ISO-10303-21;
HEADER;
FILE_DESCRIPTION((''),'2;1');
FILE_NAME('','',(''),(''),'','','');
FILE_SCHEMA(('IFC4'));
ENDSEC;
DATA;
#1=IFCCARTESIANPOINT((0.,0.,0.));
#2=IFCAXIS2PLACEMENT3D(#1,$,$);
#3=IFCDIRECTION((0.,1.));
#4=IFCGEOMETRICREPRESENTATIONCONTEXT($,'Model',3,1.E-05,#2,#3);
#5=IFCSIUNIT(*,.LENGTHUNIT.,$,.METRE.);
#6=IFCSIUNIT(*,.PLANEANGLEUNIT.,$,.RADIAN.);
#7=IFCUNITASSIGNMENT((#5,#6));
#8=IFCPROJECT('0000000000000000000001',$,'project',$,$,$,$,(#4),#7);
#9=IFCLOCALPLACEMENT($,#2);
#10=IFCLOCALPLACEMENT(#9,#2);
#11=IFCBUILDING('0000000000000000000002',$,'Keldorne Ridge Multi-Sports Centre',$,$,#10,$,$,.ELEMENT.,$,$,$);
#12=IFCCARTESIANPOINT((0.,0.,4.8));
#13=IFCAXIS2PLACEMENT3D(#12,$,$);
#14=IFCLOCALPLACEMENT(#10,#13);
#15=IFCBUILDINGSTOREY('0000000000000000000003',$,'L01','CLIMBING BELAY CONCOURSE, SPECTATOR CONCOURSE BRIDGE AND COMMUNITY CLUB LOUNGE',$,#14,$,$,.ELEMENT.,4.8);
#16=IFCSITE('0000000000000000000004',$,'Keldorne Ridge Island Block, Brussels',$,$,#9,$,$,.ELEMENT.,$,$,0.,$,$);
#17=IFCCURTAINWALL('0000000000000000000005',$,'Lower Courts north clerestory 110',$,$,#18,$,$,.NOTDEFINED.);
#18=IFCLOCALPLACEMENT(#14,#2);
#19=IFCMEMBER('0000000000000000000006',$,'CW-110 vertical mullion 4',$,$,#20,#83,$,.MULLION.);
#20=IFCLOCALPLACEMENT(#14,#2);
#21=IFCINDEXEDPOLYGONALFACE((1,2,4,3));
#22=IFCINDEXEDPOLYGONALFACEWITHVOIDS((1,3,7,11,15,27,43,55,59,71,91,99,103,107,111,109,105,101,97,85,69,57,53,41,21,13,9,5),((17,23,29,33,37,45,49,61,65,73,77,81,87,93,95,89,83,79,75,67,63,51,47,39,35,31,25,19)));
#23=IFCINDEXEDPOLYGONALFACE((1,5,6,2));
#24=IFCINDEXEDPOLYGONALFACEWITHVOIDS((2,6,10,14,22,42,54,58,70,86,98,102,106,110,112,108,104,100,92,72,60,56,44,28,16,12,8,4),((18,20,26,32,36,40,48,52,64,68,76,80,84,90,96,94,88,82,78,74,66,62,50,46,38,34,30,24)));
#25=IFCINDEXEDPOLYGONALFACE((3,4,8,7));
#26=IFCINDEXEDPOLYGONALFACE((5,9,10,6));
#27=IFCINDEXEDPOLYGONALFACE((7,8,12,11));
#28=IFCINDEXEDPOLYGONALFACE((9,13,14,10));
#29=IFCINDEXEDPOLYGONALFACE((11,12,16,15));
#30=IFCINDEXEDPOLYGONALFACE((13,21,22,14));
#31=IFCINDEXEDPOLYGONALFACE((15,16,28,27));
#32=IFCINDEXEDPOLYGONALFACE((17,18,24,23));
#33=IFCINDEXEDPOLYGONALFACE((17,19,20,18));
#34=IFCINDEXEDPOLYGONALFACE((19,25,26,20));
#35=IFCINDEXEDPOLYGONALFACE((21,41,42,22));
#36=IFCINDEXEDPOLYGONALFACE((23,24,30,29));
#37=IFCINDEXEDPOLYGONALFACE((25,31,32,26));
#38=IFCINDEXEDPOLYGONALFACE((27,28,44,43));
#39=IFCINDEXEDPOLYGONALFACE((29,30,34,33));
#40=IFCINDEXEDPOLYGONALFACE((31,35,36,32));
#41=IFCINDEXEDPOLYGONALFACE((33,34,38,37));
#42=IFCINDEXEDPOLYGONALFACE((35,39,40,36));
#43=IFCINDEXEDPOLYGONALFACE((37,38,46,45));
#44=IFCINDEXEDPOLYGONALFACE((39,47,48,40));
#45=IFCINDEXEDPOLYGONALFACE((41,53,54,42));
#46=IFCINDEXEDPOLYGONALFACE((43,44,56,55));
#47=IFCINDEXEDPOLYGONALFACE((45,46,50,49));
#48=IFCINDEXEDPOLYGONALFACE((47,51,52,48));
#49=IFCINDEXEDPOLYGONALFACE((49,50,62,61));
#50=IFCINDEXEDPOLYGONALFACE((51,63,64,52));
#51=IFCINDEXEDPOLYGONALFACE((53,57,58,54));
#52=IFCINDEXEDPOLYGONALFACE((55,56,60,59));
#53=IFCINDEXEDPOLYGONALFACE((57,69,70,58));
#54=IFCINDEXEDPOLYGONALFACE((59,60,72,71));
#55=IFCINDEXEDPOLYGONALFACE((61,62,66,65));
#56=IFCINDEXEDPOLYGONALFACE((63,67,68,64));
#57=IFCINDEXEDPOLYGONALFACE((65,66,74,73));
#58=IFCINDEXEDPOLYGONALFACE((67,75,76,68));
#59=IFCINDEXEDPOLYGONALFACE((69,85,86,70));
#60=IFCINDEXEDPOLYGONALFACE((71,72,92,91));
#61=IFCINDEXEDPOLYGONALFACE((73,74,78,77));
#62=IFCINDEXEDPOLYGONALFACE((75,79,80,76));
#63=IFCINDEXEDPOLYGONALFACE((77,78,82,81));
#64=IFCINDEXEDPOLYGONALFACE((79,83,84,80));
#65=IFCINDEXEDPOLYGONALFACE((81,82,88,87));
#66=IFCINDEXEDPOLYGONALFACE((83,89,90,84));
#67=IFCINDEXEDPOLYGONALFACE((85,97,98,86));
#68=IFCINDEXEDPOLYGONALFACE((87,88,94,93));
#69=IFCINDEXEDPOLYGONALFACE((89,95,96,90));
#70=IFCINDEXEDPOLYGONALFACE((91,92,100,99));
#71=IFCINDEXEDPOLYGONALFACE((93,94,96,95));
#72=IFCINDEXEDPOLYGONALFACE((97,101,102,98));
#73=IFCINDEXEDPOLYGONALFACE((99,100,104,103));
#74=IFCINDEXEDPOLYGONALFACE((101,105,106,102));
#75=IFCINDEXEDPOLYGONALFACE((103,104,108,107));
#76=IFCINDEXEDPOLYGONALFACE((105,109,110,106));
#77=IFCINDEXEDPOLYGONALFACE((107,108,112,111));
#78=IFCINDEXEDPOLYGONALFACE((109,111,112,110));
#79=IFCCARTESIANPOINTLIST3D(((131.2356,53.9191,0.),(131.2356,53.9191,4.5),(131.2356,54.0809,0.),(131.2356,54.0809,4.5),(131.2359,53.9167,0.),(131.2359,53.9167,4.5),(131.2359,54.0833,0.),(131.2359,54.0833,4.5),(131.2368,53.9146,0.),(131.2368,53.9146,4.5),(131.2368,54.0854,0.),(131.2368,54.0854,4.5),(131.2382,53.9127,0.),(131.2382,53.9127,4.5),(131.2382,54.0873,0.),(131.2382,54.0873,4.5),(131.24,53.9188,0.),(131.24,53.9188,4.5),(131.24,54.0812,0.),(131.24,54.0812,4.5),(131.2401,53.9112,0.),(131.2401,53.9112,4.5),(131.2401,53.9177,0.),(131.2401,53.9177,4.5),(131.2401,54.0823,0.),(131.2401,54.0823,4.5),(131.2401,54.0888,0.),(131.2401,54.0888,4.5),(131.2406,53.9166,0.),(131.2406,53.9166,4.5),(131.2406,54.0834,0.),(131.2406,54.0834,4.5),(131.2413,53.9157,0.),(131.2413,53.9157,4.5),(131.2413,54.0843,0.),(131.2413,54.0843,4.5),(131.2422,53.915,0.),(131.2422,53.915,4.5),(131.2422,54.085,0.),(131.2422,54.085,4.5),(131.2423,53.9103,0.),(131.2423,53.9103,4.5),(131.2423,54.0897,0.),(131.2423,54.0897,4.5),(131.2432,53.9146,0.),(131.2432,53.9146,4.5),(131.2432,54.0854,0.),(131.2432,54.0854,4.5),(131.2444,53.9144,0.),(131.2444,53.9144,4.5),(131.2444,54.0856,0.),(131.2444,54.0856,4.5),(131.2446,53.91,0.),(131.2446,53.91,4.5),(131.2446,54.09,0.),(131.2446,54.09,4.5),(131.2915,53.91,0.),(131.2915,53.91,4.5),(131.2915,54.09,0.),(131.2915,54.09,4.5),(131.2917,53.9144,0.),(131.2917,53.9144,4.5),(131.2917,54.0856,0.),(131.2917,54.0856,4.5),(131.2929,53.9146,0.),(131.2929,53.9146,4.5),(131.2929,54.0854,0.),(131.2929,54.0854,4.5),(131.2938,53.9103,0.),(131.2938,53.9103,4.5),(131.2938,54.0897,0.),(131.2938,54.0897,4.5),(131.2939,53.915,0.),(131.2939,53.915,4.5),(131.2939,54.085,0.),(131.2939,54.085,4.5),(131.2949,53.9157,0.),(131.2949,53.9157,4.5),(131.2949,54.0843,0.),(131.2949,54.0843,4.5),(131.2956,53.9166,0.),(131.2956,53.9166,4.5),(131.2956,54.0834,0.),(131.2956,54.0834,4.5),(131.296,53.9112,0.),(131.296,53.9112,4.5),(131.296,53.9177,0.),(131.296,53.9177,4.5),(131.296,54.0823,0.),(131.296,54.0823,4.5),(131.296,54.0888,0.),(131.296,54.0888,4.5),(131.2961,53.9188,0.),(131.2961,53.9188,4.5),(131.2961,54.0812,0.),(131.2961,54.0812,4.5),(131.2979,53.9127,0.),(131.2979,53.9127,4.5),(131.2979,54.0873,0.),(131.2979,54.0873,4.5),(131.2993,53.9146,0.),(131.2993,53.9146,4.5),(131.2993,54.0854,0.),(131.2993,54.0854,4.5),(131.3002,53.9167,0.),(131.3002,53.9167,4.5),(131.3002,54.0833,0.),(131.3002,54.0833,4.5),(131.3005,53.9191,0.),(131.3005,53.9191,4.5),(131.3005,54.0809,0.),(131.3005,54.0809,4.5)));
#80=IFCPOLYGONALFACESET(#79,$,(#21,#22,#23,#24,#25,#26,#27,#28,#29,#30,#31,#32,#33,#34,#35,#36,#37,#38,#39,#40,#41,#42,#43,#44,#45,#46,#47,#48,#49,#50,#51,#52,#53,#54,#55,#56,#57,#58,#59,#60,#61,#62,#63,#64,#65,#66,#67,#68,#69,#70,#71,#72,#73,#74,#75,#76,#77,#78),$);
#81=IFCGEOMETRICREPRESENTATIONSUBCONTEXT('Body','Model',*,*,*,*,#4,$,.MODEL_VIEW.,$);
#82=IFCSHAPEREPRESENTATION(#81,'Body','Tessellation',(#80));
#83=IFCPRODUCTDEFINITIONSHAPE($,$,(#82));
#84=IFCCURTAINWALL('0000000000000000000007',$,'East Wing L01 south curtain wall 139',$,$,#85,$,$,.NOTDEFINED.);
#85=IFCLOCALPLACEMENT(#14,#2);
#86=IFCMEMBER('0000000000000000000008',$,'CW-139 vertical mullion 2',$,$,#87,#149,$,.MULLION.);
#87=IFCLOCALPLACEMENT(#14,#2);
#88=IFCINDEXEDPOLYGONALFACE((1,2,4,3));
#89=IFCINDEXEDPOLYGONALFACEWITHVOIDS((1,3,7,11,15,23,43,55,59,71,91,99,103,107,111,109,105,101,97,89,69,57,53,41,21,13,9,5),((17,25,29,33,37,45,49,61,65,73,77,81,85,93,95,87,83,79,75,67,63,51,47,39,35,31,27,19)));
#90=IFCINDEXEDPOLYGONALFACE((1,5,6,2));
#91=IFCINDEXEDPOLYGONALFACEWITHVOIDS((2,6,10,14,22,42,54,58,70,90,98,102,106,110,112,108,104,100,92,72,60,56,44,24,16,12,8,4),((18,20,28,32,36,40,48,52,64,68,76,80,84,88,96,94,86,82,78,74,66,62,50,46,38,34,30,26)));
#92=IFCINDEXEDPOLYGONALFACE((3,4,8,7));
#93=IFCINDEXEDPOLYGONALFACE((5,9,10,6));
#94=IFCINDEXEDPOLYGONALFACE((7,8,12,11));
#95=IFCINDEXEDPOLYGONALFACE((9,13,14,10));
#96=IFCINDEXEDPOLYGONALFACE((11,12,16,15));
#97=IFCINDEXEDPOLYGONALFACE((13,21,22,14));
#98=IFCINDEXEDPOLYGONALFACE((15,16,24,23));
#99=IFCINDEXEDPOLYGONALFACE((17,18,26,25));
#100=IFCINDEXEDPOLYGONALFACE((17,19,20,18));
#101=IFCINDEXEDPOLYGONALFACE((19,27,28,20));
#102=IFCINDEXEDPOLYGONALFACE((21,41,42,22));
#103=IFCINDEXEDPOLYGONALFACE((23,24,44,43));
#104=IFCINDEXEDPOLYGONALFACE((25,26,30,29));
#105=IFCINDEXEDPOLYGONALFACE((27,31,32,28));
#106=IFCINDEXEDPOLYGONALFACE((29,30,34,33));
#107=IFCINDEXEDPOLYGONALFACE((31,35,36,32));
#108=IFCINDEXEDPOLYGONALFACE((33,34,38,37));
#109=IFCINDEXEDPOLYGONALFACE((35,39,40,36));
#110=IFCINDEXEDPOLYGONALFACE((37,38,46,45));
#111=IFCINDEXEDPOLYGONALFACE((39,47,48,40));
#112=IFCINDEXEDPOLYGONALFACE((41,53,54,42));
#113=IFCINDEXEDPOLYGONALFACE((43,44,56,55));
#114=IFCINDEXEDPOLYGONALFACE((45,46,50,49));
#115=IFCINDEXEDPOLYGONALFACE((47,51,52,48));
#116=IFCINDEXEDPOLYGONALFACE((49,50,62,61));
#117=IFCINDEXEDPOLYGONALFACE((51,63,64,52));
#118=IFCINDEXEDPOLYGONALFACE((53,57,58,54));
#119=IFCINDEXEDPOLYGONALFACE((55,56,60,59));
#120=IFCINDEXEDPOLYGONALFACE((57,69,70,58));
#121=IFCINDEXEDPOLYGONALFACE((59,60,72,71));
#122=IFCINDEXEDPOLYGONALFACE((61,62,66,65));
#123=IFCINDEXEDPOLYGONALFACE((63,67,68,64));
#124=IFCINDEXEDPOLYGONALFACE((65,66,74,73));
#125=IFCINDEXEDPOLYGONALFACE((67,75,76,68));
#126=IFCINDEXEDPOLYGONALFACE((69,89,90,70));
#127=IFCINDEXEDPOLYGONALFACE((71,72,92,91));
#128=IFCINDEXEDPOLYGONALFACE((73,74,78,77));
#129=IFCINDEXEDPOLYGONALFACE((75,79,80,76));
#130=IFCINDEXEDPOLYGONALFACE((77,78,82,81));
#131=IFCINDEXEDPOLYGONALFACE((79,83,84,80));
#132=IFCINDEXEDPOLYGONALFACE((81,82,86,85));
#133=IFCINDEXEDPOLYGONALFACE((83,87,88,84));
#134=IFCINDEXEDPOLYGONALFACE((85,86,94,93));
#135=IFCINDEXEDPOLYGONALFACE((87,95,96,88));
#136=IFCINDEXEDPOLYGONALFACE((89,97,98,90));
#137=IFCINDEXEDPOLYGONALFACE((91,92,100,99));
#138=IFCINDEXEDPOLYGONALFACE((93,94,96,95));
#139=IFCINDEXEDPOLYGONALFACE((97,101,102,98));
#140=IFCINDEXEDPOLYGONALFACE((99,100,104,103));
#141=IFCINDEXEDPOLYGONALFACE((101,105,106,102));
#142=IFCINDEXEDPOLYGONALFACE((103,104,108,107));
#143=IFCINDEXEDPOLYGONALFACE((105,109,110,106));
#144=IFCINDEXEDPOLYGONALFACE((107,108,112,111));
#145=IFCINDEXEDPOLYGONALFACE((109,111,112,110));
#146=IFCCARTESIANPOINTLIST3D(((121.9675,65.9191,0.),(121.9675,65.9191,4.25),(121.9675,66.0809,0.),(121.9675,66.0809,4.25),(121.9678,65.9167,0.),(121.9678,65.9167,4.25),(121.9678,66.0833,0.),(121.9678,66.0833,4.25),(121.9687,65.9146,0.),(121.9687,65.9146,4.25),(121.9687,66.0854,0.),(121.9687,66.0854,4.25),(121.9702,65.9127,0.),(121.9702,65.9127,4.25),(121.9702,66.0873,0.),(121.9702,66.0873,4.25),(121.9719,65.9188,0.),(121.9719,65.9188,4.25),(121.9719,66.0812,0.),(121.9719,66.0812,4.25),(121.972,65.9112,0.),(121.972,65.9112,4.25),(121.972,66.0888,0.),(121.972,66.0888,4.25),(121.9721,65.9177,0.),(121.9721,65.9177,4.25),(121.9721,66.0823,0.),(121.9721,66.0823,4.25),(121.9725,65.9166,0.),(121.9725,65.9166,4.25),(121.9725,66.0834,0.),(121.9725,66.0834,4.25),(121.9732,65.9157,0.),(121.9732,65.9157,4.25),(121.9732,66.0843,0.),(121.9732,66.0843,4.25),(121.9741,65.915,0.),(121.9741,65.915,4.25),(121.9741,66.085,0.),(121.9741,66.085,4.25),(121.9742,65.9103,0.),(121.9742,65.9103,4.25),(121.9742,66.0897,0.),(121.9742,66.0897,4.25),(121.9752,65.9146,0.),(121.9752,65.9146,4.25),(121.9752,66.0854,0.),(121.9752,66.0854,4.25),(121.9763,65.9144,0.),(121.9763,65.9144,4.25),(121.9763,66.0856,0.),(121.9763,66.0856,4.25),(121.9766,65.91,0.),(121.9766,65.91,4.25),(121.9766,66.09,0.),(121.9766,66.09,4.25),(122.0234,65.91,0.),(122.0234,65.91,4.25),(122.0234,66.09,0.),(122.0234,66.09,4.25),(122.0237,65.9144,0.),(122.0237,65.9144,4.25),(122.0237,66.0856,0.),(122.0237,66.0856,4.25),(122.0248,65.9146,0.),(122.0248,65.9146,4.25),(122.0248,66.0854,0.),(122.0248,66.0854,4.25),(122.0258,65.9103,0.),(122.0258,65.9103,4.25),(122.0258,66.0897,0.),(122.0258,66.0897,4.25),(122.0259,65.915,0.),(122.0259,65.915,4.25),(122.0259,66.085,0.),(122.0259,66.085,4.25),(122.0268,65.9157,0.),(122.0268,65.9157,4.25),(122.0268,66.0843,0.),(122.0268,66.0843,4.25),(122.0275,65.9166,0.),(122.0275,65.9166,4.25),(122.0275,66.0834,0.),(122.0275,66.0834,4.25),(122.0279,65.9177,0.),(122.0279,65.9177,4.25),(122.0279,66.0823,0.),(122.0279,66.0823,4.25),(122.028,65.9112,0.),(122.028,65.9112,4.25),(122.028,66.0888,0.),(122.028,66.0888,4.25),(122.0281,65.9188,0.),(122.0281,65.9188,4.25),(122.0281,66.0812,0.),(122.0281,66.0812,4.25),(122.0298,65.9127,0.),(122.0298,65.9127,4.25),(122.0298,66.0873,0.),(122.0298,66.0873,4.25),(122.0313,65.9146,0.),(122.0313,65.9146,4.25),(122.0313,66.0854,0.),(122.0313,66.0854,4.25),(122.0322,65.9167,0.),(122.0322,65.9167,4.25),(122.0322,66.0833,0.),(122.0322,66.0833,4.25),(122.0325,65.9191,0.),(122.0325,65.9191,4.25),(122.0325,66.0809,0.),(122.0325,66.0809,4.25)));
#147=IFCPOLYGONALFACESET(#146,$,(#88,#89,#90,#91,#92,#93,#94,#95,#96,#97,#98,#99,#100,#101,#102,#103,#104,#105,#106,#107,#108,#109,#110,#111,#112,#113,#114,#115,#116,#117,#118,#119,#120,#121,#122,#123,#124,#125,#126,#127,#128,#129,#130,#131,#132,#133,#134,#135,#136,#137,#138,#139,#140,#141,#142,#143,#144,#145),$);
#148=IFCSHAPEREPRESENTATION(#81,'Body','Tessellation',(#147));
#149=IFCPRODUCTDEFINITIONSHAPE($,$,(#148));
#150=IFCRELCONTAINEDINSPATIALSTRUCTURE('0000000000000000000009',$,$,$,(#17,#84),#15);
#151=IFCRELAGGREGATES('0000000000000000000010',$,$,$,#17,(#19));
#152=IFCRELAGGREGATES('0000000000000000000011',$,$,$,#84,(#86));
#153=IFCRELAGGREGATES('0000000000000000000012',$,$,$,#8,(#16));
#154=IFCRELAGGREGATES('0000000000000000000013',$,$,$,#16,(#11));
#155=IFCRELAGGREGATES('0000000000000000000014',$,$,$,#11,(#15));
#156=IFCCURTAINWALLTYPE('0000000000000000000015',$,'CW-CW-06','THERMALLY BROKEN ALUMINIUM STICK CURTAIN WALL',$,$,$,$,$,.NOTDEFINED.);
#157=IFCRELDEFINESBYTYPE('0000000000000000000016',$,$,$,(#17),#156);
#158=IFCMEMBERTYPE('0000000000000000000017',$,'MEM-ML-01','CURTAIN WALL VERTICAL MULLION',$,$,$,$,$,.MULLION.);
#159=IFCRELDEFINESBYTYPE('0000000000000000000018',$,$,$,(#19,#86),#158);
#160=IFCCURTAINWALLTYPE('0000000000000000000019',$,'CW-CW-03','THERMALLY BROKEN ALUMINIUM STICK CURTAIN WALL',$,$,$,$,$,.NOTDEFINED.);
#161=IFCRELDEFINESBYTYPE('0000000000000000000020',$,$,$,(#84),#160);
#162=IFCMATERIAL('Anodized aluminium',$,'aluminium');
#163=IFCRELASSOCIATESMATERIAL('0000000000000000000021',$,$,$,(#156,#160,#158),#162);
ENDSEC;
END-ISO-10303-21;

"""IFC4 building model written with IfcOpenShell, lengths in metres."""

from ifc_helpers import new_model, si_unit, direction, frame, origin, origin_2d, place, context, subcontext, project, spatial, hollow_rectangle, extrude, material, material_profile, profile_set, type_object, element, aggregate, save


model = new_model("IFC4")

# Units and contexts
model_context = context("Model", 3, precision=1e-05, world=origin(), true_north=direction((0.0, 1.0)))
body_context = subcontext(model_context, "Body", "Model", "MODEL_VIEW")
ifc_project = project(units=[si_unit("LENGTHUNIT", "METRE"), si_unit("PLANEANGLEUNIT", "RADIAN")], contexts=[model_context])

# Site, building, storey
site_placement = place(None, origin())
site = spatial("IfcSite", under=ifc_project, at=site_placement, Name="Keldorne Ridge Island Block, Brussels", CompositionType="ELEMENT", RefElevation=0.0)
building_placement = place(site_placement, origin())
building = spatial("IfcBuilding", under=site, at=building_placement, Name="Keldorne Ridge Multi-Sports Centre", CompositionType="ELEMENT")
storey_placement = place(building_placement, frame((0.0, 0.0, 4.8)))
storey = spatial("IfcBuildingStorey", under=building, at=storey_placement, Name="L01", Description="CLIMBING BELAY CONCOURSE, SPECTATOR CONCOURSE BRIDGE AND COMMUNITY CLUB LOUNGE", CompositionType="ELEMENT", Elevation=4.8)

# Curtain wall, member
ifc_material_1 = material(Name="Anodized aluminium", Category="aluminium")
curtain_wall_type_1 = type_object("IfcCurtainWallType", Name="CW-CW-06", Description="THERMALLY BROKEN ALUMINIUM STICK CURTAIN WALL", PredefinedType="NOTDEFINED", material=ifc_material_1)
curtain_wall_1_placement = place(storey_placement, origin())
curtain_wall_1 = element("IfcCurtainWall", 1, at=curtain_wall_1_placement, inside=storey, type_object=curtain_wall_type_1, Name="Lower Courts north clerestory 110", PredefinedType="NOTDEFINED")
ifc_material_profile_1 = material_profile(ifc_material_1, hollow_rectangle(XDim=0.0649, YDim=0.1799, WallThickness=0.0044, InnerFilletRadius=0.0044, OuterFilletRadius=0.009, at=origin_2d()), Name="ALU MULLION 180x65x4.5")
ifc_profile_set_1 = profile_set([ifc_material_profile_1], Name="Anodized aluminium")
member_type_1 = type_object("IfcMemberType", Name="MEM-ML-01", Description="CURTAIN WALL VERTICAL MULLION", PredefinedType="MULLION", material=ifc_profile_set_1)
member_1_placement = place(storey_placement, frame((131.2681, 54.0, 0.0), z_axis=(0.0, 0.0, 1.0), x_axis=(1.0, 0.0, 0.0)))
member_1 = element("IfcMember", 2, at=member_1_placement, type_object=member_type_1, Name="CW-110 vertical mullion 4", PredefinedType="MULLION", context=body_context, shape_type="SweptSolid", body=[
    extrude(hollow_rectangle(XDim=0.0649, YDim=0.1799, WallThickness=0.0044, InnerFilletRadius=0.0044, OuterFilletRadius=0.009, at=origin_2d()), origin(), (0.0, 0.0, 1.0), 4.5),
])

# Curtain wall, member
curtain_wall_type_2 = type_object("IfcCurtainWallType", Name="CW-CW-03", Description="THERMALLY BROKEN ALUMINIUM STICK CURTAIN WALL", PredefinedType="NOTDEFINED", material=ifc_material_1)
curtain_wall_2_placement = place(storey_placement, origin())
curtain_wall_2 = element("IfcCurtainWall", 3, at=curtain_wall_2_placement, inside=storey, type_object=curtain_wall_type_2, Name="East Wing L01 south curtain wall 139", PredefinedType="NOTDEFINED")
member_2_placement = place(storey_placement, frame((122.0, 66.0, 0.0), z_axis=(0.0, 0.0, 1.0), x_axis=(1.0, 0.0, 0.0)))
member_2 = element("IfcMember", 4, at=member_2_placement, type_object=member_type_1, Name="CW-139 vertical mullion 2", PredefinedType="MULLION", context=body_context, shape_type="SweptSolid", body=[
    extrude(hollow_rectangle(XDim=0.0649, YDim=0.1799, WallThickness=0.0044, InnerFilletRadius=0.0044, OuterFilletRadius=0.009, at=origin_2d()), origin(), (0.0, 0.0, 1.0), 4.25),
])

aggregate(curtain_wall_1, [member_1])
aggregate(curtain_wall_2, [member_2])

save(model, "model.ifc")
